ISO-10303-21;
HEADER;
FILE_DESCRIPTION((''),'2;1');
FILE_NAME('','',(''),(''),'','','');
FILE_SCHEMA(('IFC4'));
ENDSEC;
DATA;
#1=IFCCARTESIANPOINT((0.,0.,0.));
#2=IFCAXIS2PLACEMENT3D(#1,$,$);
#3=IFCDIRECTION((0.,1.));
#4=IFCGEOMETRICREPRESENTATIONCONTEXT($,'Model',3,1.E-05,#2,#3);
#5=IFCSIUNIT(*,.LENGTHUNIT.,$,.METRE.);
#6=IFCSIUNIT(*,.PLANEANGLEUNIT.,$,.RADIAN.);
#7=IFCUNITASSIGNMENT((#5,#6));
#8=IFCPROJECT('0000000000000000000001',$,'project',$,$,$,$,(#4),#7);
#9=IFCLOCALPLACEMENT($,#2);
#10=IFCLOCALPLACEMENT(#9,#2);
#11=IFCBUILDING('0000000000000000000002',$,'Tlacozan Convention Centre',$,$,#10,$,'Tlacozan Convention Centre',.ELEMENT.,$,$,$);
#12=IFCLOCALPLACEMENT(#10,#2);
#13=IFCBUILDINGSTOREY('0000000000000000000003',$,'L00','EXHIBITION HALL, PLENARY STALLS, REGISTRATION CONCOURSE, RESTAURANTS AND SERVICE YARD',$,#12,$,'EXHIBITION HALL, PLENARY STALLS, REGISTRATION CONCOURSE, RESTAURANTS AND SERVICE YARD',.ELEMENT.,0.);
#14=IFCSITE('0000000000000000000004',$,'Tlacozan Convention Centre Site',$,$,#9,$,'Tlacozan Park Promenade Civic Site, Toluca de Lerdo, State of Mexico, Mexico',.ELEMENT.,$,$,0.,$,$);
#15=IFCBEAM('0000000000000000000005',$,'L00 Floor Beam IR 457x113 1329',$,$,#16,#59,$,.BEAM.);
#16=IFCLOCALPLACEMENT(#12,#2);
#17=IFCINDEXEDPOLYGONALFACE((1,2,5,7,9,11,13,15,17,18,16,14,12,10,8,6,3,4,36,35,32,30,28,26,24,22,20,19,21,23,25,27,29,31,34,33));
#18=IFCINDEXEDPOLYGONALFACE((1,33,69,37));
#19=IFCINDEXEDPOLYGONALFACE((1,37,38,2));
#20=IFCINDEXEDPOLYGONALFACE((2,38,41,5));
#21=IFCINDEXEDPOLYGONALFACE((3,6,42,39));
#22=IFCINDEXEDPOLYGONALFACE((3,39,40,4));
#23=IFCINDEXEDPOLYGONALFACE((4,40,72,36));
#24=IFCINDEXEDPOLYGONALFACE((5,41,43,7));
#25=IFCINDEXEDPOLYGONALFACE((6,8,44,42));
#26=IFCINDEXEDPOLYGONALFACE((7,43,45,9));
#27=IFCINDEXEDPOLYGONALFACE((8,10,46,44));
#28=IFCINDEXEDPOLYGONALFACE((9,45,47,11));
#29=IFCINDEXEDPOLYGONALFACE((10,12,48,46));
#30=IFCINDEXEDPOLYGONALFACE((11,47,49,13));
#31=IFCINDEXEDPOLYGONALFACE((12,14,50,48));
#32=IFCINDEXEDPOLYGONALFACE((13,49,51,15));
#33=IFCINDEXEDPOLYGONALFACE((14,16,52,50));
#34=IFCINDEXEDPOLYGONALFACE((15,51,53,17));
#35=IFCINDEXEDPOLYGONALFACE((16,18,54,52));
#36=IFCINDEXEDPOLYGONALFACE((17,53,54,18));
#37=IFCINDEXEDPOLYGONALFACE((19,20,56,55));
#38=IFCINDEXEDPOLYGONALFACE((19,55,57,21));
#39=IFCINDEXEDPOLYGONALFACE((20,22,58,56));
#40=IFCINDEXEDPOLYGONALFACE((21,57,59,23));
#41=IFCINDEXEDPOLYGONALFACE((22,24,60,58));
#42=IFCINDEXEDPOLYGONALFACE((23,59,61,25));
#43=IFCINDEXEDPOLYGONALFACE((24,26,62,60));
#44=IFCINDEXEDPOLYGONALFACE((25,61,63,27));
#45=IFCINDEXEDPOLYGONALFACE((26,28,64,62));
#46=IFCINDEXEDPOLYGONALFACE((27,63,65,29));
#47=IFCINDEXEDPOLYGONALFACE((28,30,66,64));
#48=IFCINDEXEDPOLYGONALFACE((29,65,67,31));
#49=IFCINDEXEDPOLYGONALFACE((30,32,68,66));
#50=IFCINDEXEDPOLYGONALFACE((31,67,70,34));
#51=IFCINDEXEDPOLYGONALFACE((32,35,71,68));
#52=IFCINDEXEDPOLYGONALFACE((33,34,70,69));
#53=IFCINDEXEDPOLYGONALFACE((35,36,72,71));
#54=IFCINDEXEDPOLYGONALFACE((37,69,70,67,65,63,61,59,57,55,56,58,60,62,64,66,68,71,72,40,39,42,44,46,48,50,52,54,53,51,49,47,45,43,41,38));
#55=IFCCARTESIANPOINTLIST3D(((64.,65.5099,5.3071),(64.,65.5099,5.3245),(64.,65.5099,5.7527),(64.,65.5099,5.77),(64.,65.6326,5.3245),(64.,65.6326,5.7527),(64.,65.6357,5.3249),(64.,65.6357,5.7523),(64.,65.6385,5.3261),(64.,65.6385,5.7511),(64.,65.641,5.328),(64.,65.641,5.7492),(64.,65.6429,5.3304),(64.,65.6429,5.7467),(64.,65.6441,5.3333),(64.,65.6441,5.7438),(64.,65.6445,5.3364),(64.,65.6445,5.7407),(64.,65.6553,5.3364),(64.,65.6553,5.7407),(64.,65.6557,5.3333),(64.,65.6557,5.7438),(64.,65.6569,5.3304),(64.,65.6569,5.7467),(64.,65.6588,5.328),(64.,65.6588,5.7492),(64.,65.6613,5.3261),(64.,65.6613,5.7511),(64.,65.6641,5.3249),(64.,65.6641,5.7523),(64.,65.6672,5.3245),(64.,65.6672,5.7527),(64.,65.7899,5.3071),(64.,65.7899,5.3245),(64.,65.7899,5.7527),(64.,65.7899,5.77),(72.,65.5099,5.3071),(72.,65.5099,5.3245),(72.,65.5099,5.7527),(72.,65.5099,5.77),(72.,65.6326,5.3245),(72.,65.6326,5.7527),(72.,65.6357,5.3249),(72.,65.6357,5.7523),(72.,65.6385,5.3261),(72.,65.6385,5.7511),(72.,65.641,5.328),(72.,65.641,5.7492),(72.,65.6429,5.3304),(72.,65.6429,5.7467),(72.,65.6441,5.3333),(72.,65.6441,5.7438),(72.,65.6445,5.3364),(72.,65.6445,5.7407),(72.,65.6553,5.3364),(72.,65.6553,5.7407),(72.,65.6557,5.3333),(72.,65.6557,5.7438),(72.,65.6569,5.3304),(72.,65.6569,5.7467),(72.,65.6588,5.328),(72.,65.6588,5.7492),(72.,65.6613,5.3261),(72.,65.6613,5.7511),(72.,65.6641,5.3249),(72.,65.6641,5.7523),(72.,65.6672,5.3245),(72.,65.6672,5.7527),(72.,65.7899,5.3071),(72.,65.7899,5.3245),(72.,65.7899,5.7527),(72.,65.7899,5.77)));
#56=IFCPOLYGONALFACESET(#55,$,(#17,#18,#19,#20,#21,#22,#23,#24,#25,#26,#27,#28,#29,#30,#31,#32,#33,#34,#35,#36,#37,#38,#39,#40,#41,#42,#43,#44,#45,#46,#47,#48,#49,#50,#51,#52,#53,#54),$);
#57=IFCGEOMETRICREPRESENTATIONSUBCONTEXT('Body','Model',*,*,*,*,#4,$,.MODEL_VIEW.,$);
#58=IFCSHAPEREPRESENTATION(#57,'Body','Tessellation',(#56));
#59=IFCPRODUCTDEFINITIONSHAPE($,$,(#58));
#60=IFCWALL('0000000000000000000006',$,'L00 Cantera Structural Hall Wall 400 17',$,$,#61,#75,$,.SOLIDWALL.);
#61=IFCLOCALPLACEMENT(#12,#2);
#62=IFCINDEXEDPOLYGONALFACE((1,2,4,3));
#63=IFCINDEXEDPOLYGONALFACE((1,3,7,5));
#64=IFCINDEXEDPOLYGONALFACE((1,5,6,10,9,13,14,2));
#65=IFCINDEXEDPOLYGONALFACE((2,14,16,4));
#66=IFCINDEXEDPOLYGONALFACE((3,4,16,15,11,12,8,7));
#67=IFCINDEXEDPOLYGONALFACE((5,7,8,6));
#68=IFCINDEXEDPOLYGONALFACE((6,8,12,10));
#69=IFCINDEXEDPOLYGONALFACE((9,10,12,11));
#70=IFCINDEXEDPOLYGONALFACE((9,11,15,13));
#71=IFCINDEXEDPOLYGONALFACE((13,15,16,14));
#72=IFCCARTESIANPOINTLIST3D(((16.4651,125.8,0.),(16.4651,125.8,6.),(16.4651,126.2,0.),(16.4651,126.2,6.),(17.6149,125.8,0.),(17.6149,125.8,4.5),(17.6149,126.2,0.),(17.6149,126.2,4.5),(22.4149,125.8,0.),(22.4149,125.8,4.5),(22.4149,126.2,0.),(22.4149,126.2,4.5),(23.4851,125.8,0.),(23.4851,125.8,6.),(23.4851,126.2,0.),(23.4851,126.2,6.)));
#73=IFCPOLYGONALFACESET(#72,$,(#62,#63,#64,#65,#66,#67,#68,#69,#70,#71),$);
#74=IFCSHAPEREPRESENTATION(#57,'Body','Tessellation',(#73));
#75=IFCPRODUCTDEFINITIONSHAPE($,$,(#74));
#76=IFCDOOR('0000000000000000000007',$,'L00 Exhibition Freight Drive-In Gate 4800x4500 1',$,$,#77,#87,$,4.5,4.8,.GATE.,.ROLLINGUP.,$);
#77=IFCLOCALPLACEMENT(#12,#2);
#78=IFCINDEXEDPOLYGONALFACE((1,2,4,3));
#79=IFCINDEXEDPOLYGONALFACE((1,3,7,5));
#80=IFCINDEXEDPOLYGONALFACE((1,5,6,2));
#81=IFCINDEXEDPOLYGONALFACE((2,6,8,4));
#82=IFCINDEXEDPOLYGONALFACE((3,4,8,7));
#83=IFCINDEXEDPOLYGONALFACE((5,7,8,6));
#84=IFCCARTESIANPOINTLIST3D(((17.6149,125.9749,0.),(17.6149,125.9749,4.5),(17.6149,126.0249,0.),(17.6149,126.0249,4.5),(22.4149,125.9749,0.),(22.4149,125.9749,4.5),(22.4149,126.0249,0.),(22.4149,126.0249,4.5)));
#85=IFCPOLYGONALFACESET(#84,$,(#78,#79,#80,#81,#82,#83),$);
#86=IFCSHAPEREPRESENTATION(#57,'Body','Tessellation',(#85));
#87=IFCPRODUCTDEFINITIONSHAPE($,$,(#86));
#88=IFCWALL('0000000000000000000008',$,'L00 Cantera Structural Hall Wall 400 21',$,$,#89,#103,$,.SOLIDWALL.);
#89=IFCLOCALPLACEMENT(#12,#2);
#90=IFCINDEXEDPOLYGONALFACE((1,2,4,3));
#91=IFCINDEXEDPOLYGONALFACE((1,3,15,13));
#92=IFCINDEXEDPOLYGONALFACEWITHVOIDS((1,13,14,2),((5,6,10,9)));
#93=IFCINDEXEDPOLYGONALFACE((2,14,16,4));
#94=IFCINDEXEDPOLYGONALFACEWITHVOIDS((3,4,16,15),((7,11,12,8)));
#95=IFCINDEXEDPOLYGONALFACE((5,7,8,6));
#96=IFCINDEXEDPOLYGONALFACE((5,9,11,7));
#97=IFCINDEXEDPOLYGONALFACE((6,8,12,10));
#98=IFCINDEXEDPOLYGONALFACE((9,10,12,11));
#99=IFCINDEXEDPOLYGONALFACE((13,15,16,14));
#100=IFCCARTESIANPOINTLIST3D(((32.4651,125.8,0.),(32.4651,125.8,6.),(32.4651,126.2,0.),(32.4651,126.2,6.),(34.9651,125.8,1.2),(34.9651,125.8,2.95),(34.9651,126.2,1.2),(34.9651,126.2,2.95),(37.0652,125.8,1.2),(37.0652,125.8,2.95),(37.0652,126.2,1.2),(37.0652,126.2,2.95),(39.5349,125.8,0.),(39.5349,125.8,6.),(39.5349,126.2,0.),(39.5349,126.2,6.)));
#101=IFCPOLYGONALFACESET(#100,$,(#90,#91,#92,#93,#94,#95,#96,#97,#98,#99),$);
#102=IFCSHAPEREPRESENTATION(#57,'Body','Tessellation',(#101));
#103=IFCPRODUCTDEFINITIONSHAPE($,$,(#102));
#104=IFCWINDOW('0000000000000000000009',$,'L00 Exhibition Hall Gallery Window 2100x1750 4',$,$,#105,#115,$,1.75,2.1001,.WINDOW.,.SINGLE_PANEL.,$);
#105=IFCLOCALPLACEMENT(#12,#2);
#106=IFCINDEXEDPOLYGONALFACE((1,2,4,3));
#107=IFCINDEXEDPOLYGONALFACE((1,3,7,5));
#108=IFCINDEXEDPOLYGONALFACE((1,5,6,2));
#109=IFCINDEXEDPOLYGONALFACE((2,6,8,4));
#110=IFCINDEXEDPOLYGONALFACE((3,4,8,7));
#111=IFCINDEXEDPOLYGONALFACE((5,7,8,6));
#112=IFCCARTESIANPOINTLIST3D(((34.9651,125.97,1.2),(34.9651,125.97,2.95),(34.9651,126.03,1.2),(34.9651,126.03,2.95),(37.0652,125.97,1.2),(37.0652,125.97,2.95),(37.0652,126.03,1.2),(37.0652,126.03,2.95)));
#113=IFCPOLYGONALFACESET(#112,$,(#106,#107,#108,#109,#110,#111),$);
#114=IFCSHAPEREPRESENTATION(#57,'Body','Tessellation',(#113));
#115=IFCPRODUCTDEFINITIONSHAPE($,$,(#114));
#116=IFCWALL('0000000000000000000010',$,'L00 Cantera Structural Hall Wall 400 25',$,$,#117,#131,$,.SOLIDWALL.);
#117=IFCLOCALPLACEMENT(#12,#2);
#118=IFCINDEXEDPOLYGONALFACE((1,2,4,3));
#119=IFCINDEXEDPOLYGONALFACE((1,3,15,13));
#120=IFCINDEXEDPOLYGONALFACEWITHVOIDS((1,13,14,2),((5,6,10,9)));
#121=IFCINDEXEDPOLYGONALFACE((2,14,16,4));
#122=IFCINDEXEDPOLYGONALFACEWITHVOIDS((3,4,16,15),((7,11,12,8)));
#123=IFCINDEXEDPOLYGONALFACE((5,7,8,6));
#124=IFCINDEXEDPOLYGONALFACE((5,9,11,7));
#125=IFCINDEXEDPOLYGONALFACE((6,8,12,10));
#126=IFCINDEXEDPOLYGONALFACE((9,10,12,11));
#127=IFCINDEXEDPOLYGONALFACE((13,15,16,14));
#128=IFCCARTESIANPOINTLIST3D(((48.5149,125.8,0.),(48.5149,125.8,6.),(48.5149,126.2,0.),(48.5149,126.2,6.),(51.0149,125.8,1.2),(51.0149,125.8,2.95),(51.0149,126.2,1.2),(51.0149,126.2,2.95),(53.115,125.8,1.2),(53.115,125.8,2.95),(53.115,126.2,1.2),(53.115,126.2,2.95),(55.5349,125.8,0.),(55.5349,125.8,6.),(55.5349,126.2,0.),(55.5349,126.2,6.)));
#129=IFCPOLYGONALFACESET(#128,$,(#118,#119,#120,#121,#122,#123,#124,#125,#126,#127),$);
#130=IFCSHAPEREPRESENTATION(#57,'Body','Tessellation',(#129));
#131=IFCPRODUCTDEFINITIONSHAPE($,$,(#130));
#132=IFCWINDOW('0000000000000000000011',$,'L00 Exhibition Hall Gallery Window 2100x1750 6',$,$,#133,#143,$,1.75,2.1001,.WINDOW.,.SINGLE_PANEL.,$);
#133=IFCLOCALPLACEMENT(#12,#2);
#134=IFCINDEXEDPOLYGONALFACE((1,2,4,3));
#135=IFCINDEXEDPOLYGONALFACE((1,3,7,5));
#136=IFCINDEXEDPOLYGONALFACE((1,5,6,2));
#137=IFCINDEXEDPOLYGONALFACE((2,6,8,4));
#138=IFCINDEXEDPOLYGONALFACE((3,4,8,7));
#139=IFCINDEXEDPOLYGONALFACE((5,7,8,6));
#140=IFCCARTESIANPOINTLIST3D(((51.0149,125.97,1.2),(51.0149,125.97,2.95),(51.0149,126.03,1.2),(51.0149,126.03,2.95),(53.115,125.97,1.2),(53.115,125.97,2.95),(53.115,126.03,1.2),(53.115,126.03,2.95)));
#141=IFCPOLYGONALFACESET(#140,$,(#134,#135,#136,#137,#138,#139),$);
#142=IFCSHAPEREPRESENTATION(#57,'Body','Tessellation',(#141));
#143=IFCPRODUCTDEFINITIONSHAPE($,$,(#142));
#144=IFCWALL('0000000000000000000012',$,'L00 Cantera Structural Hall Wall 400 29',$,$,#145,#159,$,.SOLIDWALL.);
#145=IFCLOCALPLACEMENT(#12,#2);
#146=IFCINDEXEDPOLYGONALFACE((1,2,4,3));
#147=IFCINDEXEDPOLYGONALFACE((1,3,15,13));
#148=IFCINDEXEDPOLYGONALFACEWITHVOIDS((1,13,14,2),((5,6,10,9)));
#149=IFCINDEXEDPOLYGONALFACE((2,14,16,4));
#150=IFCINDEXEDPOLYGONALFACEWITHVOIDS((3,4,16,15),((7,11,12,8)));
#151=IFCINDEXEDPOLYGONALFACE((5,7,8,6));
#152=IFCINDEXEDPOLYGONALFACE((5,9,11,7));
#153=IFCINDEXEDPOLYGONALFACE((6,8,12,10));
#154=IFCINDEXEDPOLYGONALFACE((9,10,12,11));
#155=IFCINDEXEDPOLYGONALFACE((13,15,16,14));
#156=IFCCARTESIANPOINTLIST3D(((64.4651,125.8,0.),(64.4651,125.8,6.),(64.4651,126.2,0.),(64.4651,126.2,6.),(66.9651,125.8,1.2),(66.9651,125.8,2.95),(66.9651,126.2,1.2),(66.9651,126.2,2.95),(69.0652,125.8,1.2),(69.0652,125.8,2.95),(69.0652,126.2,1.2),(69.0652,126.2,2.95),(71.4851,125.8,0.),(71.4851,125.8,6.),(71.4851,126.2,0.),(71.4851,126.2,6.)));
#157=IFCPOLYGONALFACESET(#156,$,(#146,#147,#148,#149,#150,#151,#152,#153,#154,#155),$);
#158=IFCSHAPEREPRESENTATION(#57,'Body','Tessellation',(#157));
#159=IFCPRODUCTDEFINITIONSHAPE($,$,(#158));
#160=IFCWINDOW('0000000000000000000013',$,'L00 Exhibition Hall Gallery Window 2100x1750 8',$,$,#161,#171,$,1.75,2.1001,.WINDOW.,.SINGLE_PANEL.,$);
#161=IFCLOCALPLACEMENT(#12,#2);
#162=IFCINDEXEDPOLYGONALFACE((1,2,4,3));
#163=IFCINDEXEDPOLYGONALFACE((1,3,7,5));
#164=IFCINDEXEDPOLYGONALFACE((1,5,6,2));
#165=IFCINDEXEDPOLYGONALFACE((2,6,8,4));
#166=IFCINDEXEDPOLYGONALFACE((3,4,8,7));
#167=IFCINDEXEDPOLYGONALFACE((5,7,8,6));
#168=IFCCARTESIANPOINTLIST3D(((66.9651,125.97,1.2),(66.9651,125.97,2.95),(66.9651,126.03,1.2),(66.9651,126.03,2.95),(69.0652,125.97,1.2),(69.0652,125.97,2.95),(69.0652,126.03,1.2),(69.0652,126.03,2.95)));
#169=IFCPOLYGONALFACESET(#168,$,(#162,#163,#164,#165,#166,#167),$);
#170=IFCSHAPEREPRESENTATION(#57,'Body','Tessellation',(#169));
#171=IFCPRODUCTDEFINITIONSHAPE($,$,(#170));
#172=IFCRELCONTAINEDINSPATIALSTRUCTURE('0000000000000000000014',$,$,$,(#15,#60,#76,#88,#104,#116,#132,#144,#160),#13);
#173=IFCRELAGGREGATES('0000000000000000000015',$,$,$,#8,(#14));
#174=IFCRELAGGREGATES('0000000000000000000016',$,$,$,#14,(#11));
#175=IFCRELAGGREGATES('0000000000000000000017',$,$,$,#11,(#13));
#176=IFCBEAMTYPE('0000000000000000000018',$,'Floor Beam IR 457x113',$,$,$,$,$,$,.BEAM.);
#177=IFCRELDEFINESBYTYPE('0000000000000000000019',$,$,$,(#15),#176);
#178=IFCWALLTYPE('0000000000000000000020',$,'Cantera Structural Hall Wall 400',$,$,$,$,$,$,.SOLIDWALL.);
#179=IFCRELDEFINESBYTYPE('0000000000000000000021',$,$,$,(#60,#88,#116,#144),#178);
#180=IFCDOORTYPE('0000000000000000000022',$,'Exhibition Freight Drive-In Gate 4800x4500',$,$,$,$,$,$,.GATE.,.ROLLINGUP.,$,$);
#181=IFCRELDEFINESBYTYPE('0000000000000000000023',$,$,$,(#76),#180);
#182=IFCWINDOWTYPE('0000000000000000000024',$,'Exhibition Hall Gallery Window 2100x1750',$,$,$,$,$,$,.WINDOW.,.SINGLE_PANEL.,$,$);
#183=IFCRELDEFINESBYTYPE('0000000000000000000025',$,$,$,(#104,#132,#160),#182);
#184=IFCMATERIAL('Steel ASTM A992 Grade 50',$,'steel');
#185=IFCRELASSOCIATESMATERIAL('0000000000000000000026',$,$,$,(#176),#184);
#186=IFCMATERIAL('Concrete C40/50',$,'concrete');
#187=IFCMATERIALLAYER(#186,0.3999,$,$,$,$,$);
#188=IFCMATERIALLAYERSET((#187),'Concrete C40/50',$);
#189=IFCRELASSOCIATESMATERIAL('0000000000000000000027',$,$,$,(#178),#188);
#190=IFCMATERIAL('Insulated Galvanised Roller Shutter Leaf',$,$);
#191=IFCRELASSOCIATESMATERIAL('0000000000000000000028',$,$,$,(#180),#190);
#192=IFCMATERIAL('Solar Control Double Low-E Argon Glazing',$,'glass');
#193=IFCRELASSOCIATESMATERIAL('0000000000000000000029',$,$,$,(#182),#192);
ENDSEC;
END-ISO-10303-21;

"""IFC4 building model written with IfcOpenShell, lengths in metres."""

from ifc_helpers import new_model, si_unit, direction, frame, frame_2d, origin, origin_2d, place, context, subcontext, project, spatial, rectangle, i_section, extrude, material, layer, layer_set, material_profile, profile_set, type_object, element, fill, save


model = new_model("IFC4")

# Units and contexts
model_context = context("Model", 3, precision=1e-05, world=origin(), true_north=direction((0.0, 1.0)))
body_context = subcontext(model_context, "Body", "Model", "MODEL_VIEW")
ifc_project = project(units=[si_unit("LENGTHUNIT", "METRE"), si_unit("PLANEANGLEUNIT", "RADIAN")], contexts=[model_context])

# Site, building, storey
site_placement = place(None, origin())
site = spatial("IfcSite", under=ifc_project, at=site_placement, Name="Tlacozan Convention Centre Site", LongName="Tlacozan Park Promenade Civic Site, Toluca de Lerdo, State of Mexico, Mexico", CompositionType="ELEMENT", RefElevation=0.0)
building_placement = place(site_placement, origin())
building = spatial("IfcBuilding", under=site, at=building_placement, Name="Tlacozan Convention Centre", LongName="Tlacozan Convention Centre", CompositionType="ELEMENT")
storey_placement = place(building_placement, origin())
storey = spatial("IfcBuildingStorey", under=building, at=storey_placement, Name="L00", Description="EXHIBITION HALL, PLENARY STALLS, REGISTRATION CONCOURSE, RESTAURANTS AND SERVICE YARD", LongName="EXHIBITION HALL, PLENARY STALLS, REGISTRATION CONCOURSE, RESTAURANTS AND SERVICE YARD", CompositionType="ELEMENT", Elevation=0.0)

# Shared definitions
ifc_material_1 = material(Name="Concrete C40/50", Category="concrete")

# Beam
ifc_material_2 = material(Name="Steel ASTM A992 Grade 50", Category="steel")
ifc_material_profile_1 = material_profile(ifc_material_2, i_section(OverallWidth=0.28, OverallDepth=0.4629, WebThickness=0.0107, FlangeThickness=0.0173, FilletRadius=0.012, at=origin_2d()), Name="IR 457x113.0")
ifc_profile_set_1 = profile_set([ifc_material_profile_1], Name="Steel ASTM A992 Grade 50")
beam_type = type_object("IfcBeamType", Name="Floor Beam IR 457x113", PredefinedType="BEAM", material=ifc_profile_set_1)
for number, where, z_axis, x_axis, name in (
    (1, (64.0, 65.6499, 5.5386), (1.0, 0.0, 0.0), (0.0, 1.0, 0.0), "L00 Floor Beam IR 457x113 1329"),
):
    element("IfcBeam", number, at=place(storey_placement, frame(where, z_axis=z_axis, x_axis=x_axis)), inside=storey, type_object=beam_type, Name=name, PredefinedType="BEAM", context=body_context, shape_type="SweptSolid", body=[
        extrude(i_section(OverallWidth=0.28, OverallDepth=0.4629, WebThickness=0.0107, FlangeThickness=0.0173, FilletRadius=0.012, at=origin_2d()), origin(), (0.0, 0.0, 1.0), 8.0),
    ])

# Wall, opening, door
ifc_layer_1 = layer(ifc_material_1, 0.3999)
ifc_layer_set_1 = layer_set([ifc_layer_1], Name="Concrete C40/50")
wall_type_1 = type_object("IfcWallType", Name="Cantera Structural Hall Wall 400", PredefinedType="SOLIDWALL", material=ifc_layer_set_1)
wall_1_placement = place(storey_placement, frame((16.4651, 126.0, 0.0), z_axis=(0.0, 0.0, 1.0), x_axis=(1.0, 0.0, 0.0)))
wall_1 = element("IfcWall", 2, at=wall_1_placement, inside=storey, type_object=wall_type_1, Name="L00 Cantera Structural Hall Wall 400 17", PredefinedType="SOLIDWALL", context=body_context, shape_type="SweptSolid", body=[
    extrude(rectangle(XDim=7.02, YDim=0.3999, at=frame_2d((3.51, 0.0))), origin(), (0.0, 0.0, 1.0), 6.0),
])
opening_1_placement = place(wall_1_placement, frame((1.1499, 0.0, 0.0)))
opening_1 = element("IfcOpeningElement", 3, at=opening_1_placement, cuts=wall_1, PredefinedType="OPENING", context=body_context, shape_type="SweptSolid", body=[
    extrude(rectangle(XDim=4.8, YDim=4.5, at=frame_2d((2.3999, 2.25))), frame((0.0, 0.21, 0.0), z_axis=(0.0, -1.0, 0.0), x_axis=(1.0, 0.0, 0.0)), (0.0, 0.0, 1.0), 0.4199),
])
ifc_material_3 = material(Name="Insulated Galvanised Roller Shutter Leaf")
door_type_1 = type_object("IfcDoorType", Name="Exhibition Freight Drive-In Gate 4800x4500", OperationType="ROLLINGUP", PredefinedType="GATE", material=ifc_material_3)
door_1_placement = place(opening_1_placement, origin())
door_1 = element("IfcDoor", 4, at=door_1_placement, inside=storey, type_object=door_type_1, Name="L00 Exhibition Freight Drive-In Gate 4800x4500 1", OperationType="ROLLINGUP", OverallHeight=4.5, OverallWidth=4.8, PredefinedType="GATE", context=body_context, shape_type="SweptSolid", body=[
    extrude(rectangle(XDim=4.8, YDim=4.5, at=frame_2d((2.3999, 2.25))), frame((0.0, 0.0249, 0.0), z_axis=(0.0, -1.0, 0.0), x_axis=(1.0, 0.0, 0.0)), (0.0, 0.0, 1.0), 0.05),
])
fill(opening_1, door_1)

# Wall, opening, window
wall_2_placement = place(storey_placement, frame((32.4651, 126.0, 0.0), z_axis=(0.0, 0.0, 1.0), x_axis=(1.0, 0.0, 0.0)))
wall_2 = element("IfcWall", 5, at=wall_2_placement, inside=storey, type_object=wall_type_1, Name="L00 Cantera Structural Hall Wall 400 21", PredefinedType="SOLIDWALL", context=body_context, shape_type="SweptSolid", body=[
    extrude(rectangle(XDim=7.0698, YDim=0.3999, at=frame_2d((3.5349, 0.0))), origin(), (0.0, 0.0, 1.0), 6.0),
])
opening_2_placement = place(wall_2_placement, frame((2.5, 0.0, 1.2)))
opening_2 = element("IfcOpeningElement", 6, at=opening_2_placement, cuts=wall_2, PredefinedType="OPENING", context=body_context, shape_type="SweptSolid", body=[
    extrude(rectangle(XDim=2.1001, YDim=1.75, at=frame_2d((1.05, 0.875))), frame((0.0, 0.21, 0.0), z_axis=(0.0, -1.0, 0.0), x_axis=(1.0, 0.0, 0.0)), (0.0, 0.0, 1.0), 0.4199),
])
ifc_material_4 = material(Name="Solar Control Double Low-E Argon Glazing", Category="glass")
window_type = type_object("IfcWindowType", Name="Exhibition Hall Gallery Window 2100x1750", PartitioningType="SINGLE_PANEL", PredefinedType="WINDOW", material=ifc_material_4)
window_1_placement = place(opening_2_placement, origin())
window_1 = element("IfcWindow", 7, at=window_1_placement, inside=storey, type_object=window_type, Name="L00 Exhibition Hall Gallery Window 2100x1750 4", OverallHeight=1.75, OverallWidth=2.1001, PartitioningType="SINGLE_PANEL", PredefinedType="WINDOW", context=body_context, shape_type="SweptSolid", body=[
    extrude(rectangle(XDim=2.1001, YDim=1.75, at=frame_2d((1.05, 0.875))), frame((0.0, 0.03, 0.0), z_axis=(0.0, -1.0, 0.0), x_axis=(1.0, 0.0, 0.0)), (0.0, 0.0, 1.0), 0.0601),
])
fill(opening_2, window_1)

# Wall, opening, window
wall_3_placement = place(storey_placement, frame((48.5149, 126.0, 0.0), z_axis=(0.0, 0.0, 1.0), x_axis=(1.0, 0.0, 0.0)))
wall_3 = element("IfcWall", 8, at=wall_3_placement, inside=storey, type_object=wall_type_1, Name="L00 Cantera Structural Hall Wall 400 25", PredefinedType="SOLIDWALL", context=body_context, shape_type="SweptSolid", body=[
    extrude(rectangle(XDim=7.02, YDim=0.3999, at=frame_2d((3.51, 0.0))), origin(), (0.0, 0.0, 1.0), 6.0),
])
opening_3_placement = place(wall_3_placement, frame((2.5, 0.0, 1.2)))
opening_3 = element("IfcOpeningElement", 9, at=opening_3_placement, cuts=wall_3, PredefinedType="OPENING", context=body_context, shape_type="SweptSolid", body=[
    extrude(rectangle(XDim=2.1001, YDim=1.75, at=frame_2d((1.05, 0.875))), frame((0.0, 0.21, 0.0), z_axis=(0.0, -1.0, 0.0), x_axis=(1.0, 0.0, 0.0)), (0.0, 0.0, 1.0), 0.4199),
])
window_2_placement = place(opening_3_placement, origin())
window_2 = element("IfcWindow", 10, at=window_2_placement, inside=storey, type_object=window_type, Name="L00 Exhibition Hall Gallery Window 2100x1750 6", OverallHeight=1.75, OverallWidth=2.1001, PartitioningType="SINGLE_PANEL", PredefinedType="WINDOW", context=body_context, shape_type="SweptSolid", body=[
    extrude(rectangle(XDim=2.1001, YDim=1.75, at=frame_2d((1.05, 0.875))), frame((0.0, 0.03, 0.0), z_axis=(0.0, -1.0, 0.0), x_axis=(1.0, 0.0, 0.0)), (0.0, 0.0, 1.0), 0.0601),
])
fill(opening_3, window_2)

# Wall, opening, window
wall_4_placement = place(storey_placement, frame((64.4651, 126.0, 0.0), z_axis=(0.0, 0.0, 1.0), x_axis=(1.0, 0.0, 0.0)))
wall_4 = element("IfcWall", 11, at=wall_4_placement, inside=storey, type_object=wall_type_1, Name="L00 Cantera Structural Hall Wall 400 29", PredefinedType="SOLIDWALL", context=body_context, shape_type="SweptSolid", body=[
    extrude(rectangle(XDim=7.02, YDim=0.3999, at=frame_2d((3.51, 0.0))), origin(), (0.0, 0.0, 1.0), 6.0),
])
opening_4_placement = place(wall_4_placement, frame((2.5, 0.0, 1.2)))
opening_4 = element("IfcOpeningElement", 12, at=opening_4_placement, cuts=wall_4, PredefinedType="OPENING", context=body_context, shape_type="SweptSolid", body=[
    extrude(rectangle(XDim=2.1001, YDim=1.75, at=frame_2d((1.05, 0.875))), frame((0.0, 0.21, 0.0), z_axis=(0.0, -1.0, 0.0), x_axis=(1.0, 0.0, 0.0)), (0.0, 0.0, 1.0), 0.4199),
])
window_3_placement = place(opening_4_placement, origin())
window_3 = element("IfcWindow", 13, at=window_3_placement, inside=storey, type_object=window_type, Name="L00 Exhibition Hall Gallery Window 2100x1750 8", OverallHeight=1.75, OverallWidth=2.1001, PartitioningType="SINGLE_PANEL", PredefinedType="WINDOW", context=body_context, shape_type="SweptSolid", body=[
    extrude(rectangle(XDim=2.1001, YDim=1.75, at=frame_2d((1.05, 0.875))), frame((0.0, 0.03, 0.0), z_axis=(0.0, -1.0, 0.0), x_axis=(1.0, 0.0, 0.0)), (0.0, 0.0, 1.0), 0.0601),
])
fill(opening_4, window_3)

save(model, "model.ifc")
